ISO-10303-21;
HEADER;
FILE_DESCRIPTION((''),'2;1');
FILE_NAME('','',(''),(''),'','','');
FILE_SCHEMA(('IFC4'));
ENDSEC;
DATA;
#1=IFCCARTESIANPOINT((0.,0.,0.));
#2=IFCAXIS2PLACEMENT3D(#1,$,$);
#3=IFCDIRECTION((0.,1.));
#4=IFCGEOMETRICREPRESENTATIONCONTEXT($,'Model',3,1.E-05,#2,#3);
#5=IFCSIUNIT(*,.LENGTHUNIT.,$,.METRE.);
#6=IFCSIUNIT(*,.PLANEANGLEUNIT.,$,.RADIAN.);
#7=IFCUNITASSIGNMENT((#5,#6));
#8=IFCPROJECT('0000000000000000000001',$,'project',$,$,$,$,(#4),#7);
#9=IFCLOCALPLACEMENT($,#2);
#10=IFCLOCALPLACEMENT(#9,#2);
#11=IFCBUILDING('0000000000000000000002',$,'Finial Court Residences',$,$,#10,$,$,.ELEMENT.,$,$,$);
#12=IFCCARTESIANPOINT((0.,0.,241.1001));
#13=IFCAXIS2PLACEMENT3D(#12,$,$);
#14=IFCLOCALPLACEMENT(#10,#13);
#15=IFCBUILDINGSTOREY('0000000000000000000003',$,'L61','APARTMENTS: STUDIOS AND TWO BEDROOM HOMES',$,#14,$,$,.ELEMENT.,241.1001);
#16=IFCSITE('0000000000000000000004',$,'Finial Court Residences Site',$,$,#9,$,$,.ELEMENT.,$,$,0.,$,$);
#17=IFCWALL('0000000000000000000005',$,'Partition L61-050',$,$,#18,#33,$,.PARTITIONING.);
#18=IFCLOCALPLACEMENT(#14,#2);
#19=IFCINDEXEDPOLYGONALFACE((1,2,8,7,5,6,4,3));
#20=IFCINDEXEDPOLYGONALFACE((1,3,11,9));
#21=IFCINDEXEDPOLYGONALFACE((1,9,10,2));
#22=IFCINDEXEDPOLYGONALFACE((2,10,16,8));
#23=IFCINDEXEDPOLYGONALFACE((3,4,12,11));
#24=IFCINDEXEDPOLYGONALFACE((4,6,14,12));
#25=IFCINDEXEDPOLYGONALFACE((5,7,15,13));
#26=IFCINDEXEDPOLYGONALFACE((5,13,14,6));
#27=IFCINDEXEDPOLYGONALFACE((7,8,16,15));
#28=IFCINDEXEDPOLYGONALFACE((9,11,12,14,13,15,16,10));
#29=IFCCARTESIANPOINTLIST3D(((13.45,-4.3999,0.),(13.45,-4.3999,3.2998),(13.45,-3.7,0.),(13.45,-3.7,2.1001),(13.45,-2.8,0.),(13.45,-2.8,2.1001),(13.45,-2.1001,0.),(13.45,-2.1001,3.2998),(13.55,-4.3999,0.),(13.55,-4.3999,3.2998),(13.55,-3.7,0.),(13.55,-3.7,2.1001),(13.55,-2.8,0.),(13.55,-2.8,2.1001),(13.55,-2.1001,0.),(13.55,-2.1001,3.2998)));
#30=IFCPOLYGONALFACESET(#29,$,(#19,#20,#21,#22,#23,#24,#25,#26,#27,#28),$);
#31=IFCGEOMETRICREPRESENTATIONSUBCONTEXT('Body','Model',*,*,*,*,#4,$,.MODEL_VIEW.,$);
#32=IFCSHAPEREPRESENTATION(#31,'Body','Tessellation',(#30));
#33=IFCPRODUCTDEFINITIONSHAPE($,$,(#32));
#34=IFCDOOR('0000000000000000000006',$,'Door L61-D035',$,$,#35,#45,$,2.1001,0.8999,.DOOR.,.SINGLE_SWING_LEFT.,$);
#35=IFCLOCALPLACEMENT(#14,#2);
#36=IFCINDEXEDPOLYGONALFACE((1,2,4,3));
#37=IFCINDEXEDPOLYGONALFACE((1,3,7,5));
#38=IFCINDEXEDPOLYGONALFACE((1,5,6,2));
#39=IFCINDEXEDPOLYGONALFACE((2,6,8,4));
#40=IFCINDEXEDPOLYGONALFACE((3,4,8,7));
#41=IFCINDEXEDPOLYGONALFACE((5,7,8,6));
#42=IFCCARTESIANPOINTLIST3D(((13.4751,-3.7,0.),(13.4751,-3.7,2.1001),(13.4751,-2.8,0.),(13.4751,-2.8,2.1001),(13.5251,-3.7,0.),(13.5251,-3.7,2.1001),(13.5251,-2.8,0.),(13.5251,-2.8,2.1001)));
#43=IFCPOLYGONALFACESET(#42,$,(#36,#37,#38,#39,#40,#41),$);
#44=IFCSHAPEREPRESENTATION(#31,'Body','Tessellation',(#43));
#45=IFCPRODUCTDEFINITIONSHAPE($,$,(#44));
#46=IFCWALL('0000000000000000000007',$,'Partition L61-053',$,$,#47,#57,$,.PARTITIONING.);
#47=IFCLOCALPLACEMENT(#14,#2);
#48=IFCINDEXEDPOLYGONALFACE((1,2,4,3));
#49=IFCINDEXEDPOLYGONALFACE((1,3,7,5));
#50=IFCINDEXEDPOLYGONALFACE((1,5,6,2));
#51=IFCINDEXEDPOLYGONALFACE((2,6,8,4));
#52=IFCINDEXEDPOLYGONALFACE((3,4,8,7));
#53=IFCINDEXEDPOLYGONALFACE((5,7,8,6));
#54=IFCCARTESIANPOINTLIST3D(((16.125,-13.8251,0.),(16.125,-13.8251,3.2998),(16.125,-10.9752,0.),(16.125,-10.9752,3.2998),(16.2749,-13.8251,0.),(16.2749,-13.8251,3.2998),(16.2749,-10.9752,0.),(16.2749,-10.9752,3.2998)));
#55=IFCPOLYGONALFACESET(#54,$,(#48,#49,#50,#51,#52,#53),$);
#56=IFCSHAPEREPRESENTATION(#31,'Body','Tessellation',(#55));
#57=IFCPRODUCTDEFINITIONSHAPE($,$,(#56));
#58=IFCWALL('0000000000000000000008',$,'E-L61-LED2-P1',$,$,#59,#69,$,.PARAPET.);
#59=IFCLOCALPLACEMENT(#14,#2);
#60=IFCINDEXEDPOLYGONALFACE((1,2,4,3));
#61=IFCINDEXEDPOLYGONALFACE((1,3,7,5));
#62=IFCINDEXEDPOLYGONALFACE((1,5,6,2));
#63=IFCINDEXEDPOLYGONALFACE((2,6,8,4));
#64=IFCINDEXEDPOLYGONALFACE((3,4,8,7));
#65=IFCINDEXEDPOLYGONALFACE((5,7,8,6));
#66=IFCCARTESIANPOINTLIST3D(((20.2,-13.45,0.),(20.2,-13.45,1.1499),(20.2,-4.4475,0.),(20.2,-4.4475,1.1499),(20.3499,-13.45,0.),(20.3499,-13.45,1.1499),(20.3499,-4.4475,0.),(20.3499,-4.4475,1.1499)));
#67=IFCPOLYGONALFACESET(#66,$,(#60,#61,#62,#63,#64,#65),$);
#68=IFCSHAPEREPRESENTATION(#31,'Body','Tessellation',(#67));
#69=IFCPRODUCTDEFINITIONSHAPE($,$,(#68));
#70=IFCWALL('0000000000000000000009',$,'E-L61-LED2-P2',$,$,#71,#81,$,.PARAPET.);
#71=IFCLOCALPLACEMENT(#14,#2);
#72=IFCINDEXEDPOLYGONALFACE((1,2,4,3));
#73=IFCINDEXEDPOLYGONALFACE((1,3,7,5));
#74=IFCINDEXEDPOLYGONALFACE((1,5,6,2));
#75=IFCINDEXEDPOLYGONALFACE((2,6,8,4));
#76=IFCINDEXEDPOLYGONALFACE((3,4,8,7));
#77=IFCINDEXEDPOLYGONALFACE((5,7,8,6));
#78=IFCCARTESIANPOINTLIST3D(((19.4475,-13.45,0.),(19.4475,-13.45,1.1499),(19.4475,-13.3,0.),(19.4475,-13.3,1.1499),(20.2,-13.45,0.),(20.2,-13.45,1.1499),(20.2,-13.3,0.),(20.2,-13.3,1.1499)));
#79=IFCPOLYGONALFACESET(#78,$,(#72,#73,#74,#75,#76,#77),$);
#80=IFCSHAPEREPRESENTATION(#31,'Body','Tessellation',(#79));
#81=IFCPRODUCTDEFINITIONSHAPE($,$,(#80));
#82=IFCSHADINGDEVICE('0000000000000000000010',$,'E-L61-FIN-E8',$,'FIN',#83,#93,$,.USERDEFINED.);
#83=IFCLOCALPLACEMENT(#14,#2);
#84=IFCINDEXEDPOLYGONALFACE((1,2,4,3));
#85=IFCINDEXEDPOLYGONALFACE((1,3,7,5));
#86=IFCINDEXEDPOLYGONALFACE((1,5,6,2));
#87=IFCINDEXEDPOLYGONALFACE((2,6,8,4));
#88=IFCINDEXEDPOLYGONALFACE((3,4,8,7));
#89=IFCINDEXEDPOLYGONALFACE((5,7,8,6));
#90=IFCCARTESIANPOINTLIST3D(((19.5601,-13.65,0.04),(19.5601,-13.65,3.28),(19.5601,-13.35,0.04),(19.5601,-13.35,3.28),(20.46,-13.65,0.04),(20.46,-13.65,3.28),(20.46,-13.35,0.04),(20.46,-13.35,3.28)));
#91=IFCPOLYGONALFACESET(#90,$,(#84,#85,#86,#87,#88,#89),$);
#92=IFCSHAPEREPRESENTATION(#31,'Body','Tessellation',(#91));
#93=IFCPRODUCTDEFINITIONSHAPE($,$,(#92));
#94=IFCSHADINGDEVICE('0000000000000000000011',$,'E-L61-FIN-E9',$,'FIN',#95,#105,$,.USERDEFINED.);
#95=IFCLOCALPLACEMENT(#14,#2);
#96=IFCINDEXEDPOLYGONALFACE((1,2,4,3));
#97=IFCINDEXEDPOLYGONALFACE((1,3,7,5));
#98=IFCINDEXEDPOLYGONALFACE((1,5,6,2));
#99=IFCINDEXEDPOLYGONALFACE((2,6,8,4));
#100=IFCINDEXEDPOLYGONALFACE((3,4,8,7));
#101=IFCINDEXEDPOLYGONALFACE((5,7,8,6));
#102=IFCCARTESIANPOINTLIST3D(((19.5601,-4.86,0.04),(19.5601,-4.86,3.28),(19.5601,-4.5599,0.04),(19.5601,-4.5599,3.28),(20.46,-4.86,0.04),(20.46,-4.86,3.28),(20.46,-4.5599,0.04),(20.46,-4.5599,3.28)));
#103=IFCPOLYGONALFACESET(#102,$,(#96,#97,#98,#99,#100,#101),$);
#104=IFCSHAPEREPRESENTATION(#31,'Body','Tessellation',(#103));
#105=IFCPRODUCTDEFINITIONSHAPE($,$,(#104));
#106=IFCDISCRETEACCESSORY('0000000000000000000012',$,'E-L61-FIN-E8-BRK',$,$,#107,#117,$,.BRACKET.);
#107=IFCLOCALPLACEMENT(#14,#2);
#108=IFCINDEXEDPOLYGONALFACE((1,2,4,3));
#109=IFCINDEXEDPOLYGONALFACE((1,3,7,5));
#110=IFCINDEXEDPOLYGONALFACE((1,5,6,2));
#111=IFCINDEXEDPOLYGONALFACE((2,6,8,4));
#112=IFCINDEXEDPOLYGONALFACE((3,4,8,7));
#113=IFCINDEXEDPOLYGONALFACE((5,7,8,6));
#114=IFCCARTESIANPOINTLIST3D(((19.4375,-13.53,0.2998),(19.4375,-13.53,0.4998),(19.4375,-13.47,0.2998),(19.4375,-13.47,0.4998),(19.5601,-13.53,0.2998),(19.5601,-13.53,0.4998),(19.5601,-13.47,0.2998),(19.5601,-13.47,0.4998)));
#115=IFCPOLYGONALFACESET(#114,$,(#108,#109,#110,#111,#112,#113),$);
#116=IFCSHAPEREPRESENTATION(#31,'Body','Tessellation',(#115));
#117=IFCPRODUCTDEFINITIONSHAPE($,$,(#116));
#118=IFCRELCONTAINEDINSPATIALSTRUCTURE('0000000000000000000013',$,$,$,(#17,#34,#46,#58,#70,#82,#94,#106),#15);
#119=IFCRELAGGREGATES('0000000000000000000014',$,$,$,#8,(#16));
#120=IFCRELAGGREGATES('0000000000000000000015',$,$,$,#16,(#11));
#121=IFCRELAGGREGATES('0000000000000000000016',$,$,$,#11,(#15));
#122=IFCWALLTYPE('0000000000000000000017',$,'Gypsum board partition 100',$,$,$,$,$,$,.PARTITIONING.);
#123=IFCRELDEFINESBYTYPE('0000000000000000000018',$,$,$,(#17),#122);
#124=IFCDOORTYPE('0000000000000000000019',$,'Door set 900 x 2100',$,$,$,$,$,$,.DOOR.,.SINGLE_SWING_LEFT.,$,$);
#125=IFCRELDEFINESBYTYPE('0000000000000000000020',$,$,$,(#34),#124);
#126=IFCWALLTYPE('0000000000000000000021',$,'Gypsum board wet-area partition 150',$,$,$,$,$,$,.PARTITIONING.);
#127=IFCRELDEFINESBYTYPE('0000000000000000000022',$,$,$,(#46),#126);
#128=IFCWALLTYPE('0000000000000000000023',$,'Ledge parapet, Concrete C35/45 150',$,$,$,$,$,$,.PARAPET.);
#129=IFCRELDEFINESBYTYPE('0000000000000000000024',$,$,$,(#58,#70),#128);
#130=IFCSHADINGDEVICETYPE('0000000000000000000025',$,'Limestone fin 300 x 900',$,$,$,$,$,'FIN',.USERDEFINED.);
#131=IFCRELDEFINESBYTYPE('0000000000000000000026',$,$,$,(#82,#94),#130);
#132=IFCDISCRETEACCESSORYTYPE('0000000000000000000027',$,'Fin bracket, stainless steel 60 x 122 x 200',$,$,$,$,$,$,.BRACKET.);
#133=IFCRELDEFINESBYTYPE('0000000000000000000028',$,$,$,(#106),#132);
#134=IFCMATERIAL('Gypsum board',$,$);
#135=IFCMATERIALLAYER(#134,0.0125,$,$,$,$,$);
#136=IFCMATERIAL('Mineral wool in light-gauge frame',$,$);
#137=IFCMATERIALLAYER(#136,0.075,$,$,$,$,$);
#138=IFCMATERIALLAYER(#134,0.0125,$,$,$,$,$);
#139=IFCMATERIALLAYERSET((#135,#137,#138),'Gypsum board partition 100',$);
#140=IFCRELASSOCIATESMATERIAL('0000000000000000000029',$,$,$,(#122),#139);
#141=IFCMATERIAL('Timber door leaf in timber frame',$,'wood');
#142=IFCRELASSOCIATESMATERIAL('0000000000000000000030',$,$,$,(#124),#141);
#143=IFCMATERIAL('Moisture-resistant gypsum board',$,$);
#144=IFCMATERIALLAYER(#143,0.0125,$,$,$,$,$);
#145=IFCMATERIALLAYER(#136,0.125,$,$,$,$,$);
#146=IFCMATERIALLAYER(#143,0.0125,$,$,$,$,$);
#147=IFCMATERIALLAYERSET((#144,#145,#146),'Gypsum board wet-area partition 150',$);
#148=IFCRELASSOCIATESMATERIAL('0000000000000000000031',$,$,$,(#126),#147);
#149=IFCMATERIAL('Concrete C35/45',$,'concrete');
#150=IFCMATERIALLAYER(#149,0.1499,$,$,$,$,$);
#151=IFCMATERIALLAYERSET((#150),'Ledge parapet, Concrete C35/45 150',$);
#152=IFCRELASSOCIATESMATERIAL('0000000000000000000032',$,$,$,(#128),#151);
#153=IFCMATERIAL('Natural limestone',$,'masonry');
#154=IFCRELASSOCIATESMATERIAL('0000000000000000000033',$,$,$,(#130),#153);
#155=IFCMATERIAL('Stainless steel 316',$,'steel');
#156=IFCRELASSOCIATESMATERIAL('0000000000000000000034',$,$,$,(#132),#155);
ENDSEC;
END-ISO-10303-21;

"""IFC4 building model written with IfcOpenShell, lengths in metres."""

from ifc_helpers import new_model, si_unit, direction, frame, frame_2d, origin, origin_2d, place, context, subcontext, project, spatial, rectangle, extrude, material, layer, layer_set, type_object, element, fill, save


model = new_model("IFC4")

# Units and contexts
model_context = context("Model", 3, precision=1e-05, world=origin(), true_north=direction((0.0, 1.0)))
body_context = subcontext(model_context, "Body", "Model", "MODEL_VIEW")
ifc_project = project(units=[si_unit("LENGTHUNIT", "METRE"), si_unit("PLANEANGLEUNIT", "RADIAN")], contexts=[model_context])

# Site, building, storey
site_placement = place(None, origin())
site = spatial("IfcSite", under=ifc_project, at=site_placement, Name="Finial Court Residences Site", CompositionType="ELEMENT", RefElevation=0.0)
building_placement = place(site_placement, origin())
building = spatial("IfcBuilding", under=site, at=building_placement, Name="Finial Court Residences", CompositionType="ELEMENT")
storey_placement = place(building_placement, frame((0.0, 0.0, 241.1001)))
storey = spatial("IfcBuildingStorey", under=building, at=storey_placement, Name="L61", Description="APARTMENTS: STUDIOS AND TWO BEDROOM HOMES", CompositionType="ELEMENT", Elevation=241.1001)

# Wall, opening, door
ifc_material_1 = material(Name="Gypsum board")
ifc_layer_1 = layer(ifc_material_1, 0.0125)
ifc_material_2 = material(Name="Mineral wool in light-gauge frame")
ifc_layer_2 = layer(ifc_material_2, 0.075)
ifc_layer_3 = layer(ifc_material_1, 0.0125)
ifc_layer_set_1 = layer_set([ifc_layer_1, ifc_layer_2, ifc_layer_3], Name="Gypsum board partition 100")
wall_type_1 = type_object("IfcWallType", Name="Gypsum board partition 100", PredefinedType="PARTITIONING", material=ifc_layer_set_1)
wall_1_placement = place(storey_placement, frame((13.5, -4.3999, 0.0), z_axis=(0.0, 0.0, 1.0), x_axis=(0.0, 1.0, 0.0)))
wall_1 = element("IfcWall", 1, at=wall_1_placement, inside=storey, type_object=wall_type_1, Name="Partition L61-050", PredefinedType="PARTITIONING", context=body_context, shape_type="SweptSolid", body=[
    extrude(rectangle(XDim=2.2998, YDim=0.1001, at=frame_2d((1.1499, 0.0))), origin(), (0.0, 0.0, 1.0), 3.2998),
])
opening_1_placement = place(wall_1_placement, frame((0.7, 0.0, 0.0)))
opening_1 = element("IfcOpeningElement", 2, at=opening_1_placement, cuts=wall_1, PredefinedType="OPENING", context=body_context, shape_type="SweptSolid", body=[
    extrude(rectangle(XDim=0.8999, YDim=2.1001, at=frame_2d((0.45, 1.05))), frame((0.0, 0.0601, 0.0), z_axis=(0.0, -1.0, 0.0), x_axis=(1.0, 0.0, 0.0)), (0.0, 0.0, 1.0), 0.1201),
])
ifc_material_3 = material(Name="Timber door leaf in timber frame", Category="wood")
door_type_1 = type_object("IfcDoorType", Name="Door set 900 x 2100", OperationType="SINGLE_SWING_LEFT", PredefinedType="DOOR", material=ifc_material_3)
door_1_placement = place(opening_1_placement, origin())
door_1 = element("IfcDoor", 3, at=door_1_placement, inside=storey, type_object=door_type_1, Name="Door L61-D035", OperationType="SINGLE_SWING_LEFT", OverallHeight=2.1001, OverallWidth=0.8999, PredefinedType="DOOR", context=body_context, shape_type="SweptSolid", body=[
    extrude(rectangle(XDim=0.8999, YDim=2.1001, at=frame_2d((0.45, 1.05))), frame((0.0, 0.0249, 0.0), z_axis=(0.0, -1.0, 0.0), x_axis=(1.0, 0.0, 0.0)), (0.0, 0.0, 1.0), 0.05),
])
fill(opening_1, door_1)

# Walls
ifc_material_4 = material(Name="Moisture-resistant gypsum board")
ifc_layer_4 = layer(ifc_material_4, 0.0125)
ifc_layer_5 = layer(ifc_material_2, 0.125)
ifc_layer_6 = layer(ifc_material_4, 0.0125)
ifc_layer_set_2 = layer_set([ifc_layer_4, ifc_layer_5, ifc_layer_6], Name="Gypsum board wet-area partition 150")
wall_type_2 = type_object("IfcWallType", Name="Gypsum board wet-area partition 150", PredefinedType="PARTITIONING", material=ifc_layer_set_2)
wall_2_placement = place(storey_placement, frame((16.2, -13.825, 0.0), z_axis=(0.0, 0.0, 1.0), x_axis=(0.0, 1.0, 0.0)))
element("IfcWall", 4, at=wall_2_placement, inside=storey, type_object=wall_type_2, Name="Partition L61-053", PredefinedType="PARTITIONING", context=body_context, shape_type="SweptSolid", body=[
    extrude(rectangle(XDim=2.8499, YDim=0.1499, at=frame_2d((1.4248, 0.0))), origin(), (0.0, 0.0, 1.0), 3.2998),
])
ifc_material_5 = material(Name="Concrete C35/45", Category="concrete")
ifc_layer_7 = layer(ifc_material_5, 0.1499)
ifc_layer_set_3 = layer_set([ifc_layer_7], Name="Ledge parapet, Concrete C35/45 150")
wall_type_3 = type_object("IfcWallType", Name="Ledge parapet, Concrete C35/45 150", PredefinedType="PARAPET", material=ifc_layer_set_3)
wall_3_placement = place(storey_placement, frame((20.2749, -4.4475, 0.0), z_axis=(0.0, 0.0, 1.0), x_axis=(0.0, -1.0, 0.0)))
element("IfcWall", 5, at=wall_3_placement, inside=storey, type_object=wall_type_3, Name="E-L61-LED2-P1", PredefinedType="PARAPET", context=body_context, shape_type="SweptSolid", body=[
    extrude(rectangle(XDim=9.0024, YDim=0.1499, at=frame_2d((4.5012, 0.0))), origin(), (0.0, 0.0, 1.0), 1.1499),
])
wall_4_placement = place(storey_placement, frame((20.2, -13.375, 0.0), z_axis=(0.0, 0.0, 1.0), x_axis=(-1.0, 0.0, 0.0)))
element("IfcWall", 6, at=wall_4_placement, inside=storey, type_object=wall_type_3, Name="E-L61-LED2-P2", PredefinedType="PARAPET", context=body_context, shape_type="SweptSolid", body=[
    extrude(rectangle(XDim=0.7524, YDim=0.1499, at=frame_2d((0.3762, 0.0))), origin(), (0.0, 0.0, 1.0), 1.1499),
])

# Shading devices
ifc_material_6 = material(Name="Natural limestone", Category="masonry")
shading_device_type = type_object("IfcShadingDeviceType", Name="Limestone fin 300 x 900", ElementType="FIN", PredefinedType="USERDEFINED", material=ifc_material_6)
for number, where, z_axis, x_axis, name in (
    (7, (20.01, -13.5, 0.04), (0.0, 0.0, 1.0), (1.0, 0.0, 0.0), "E-L61-FIN-E8"),
    (8, (20.01, -4.71, 0.04), (0.0, 0.0, 1.0), (1.0, 0.0, 0.0), "E-L61-FIN-E9"),
):
    element("IfcShadingDevice", number, at=place(storey_placement, frame(where, z_axis=z_axis, x_axis=x_axis)), inside=storey, type_object=shading_device_type, Name=name, ObjectType="FIN", PredefinedType="USERDEFINED", context=body_context, shape_type="SweptSolid", body=[
        extrude(rectangle(XDim=0.8999, YDim=0.3, at=origin_2d()), origin(), (0.0, 0.0, 1.0), 3.24),
    ])

# Discrete accessory
ifc_material_7 = material(Name="Stainless steel 316", Category="steel")
discrete_accessory_type = type_object("IfcDiscreteAccessoryType", Name="Fin bracket, stainless steel 60 x 122 x 200", PredefinedType="BRACKET", material=ifc_material_7)
discrete_accessory_placement = place(storey_placement, frame((19.4988, -13.5, 0.2998), z_axis=(0.0, 0.0, 1.0), x_axis=(1.0, 0.0, 0.0)))
element("IfcDiscreteAccessory", 9, at=discrete_accessory_placement, inside=storey, type_object=discrete_accessory_type, Name="E-L61-FIN-E8-BRK", PredefinedType="BRACKET", context=body_context, shape_type="SweptSolid", body=[
    extrude(rectangle(XDim=0.1226, YDim=0.0601, at=origin_2d()), origin(), (0.0, 0.0, 1.0), 0.2),
])

save(model, "model.ifc")
